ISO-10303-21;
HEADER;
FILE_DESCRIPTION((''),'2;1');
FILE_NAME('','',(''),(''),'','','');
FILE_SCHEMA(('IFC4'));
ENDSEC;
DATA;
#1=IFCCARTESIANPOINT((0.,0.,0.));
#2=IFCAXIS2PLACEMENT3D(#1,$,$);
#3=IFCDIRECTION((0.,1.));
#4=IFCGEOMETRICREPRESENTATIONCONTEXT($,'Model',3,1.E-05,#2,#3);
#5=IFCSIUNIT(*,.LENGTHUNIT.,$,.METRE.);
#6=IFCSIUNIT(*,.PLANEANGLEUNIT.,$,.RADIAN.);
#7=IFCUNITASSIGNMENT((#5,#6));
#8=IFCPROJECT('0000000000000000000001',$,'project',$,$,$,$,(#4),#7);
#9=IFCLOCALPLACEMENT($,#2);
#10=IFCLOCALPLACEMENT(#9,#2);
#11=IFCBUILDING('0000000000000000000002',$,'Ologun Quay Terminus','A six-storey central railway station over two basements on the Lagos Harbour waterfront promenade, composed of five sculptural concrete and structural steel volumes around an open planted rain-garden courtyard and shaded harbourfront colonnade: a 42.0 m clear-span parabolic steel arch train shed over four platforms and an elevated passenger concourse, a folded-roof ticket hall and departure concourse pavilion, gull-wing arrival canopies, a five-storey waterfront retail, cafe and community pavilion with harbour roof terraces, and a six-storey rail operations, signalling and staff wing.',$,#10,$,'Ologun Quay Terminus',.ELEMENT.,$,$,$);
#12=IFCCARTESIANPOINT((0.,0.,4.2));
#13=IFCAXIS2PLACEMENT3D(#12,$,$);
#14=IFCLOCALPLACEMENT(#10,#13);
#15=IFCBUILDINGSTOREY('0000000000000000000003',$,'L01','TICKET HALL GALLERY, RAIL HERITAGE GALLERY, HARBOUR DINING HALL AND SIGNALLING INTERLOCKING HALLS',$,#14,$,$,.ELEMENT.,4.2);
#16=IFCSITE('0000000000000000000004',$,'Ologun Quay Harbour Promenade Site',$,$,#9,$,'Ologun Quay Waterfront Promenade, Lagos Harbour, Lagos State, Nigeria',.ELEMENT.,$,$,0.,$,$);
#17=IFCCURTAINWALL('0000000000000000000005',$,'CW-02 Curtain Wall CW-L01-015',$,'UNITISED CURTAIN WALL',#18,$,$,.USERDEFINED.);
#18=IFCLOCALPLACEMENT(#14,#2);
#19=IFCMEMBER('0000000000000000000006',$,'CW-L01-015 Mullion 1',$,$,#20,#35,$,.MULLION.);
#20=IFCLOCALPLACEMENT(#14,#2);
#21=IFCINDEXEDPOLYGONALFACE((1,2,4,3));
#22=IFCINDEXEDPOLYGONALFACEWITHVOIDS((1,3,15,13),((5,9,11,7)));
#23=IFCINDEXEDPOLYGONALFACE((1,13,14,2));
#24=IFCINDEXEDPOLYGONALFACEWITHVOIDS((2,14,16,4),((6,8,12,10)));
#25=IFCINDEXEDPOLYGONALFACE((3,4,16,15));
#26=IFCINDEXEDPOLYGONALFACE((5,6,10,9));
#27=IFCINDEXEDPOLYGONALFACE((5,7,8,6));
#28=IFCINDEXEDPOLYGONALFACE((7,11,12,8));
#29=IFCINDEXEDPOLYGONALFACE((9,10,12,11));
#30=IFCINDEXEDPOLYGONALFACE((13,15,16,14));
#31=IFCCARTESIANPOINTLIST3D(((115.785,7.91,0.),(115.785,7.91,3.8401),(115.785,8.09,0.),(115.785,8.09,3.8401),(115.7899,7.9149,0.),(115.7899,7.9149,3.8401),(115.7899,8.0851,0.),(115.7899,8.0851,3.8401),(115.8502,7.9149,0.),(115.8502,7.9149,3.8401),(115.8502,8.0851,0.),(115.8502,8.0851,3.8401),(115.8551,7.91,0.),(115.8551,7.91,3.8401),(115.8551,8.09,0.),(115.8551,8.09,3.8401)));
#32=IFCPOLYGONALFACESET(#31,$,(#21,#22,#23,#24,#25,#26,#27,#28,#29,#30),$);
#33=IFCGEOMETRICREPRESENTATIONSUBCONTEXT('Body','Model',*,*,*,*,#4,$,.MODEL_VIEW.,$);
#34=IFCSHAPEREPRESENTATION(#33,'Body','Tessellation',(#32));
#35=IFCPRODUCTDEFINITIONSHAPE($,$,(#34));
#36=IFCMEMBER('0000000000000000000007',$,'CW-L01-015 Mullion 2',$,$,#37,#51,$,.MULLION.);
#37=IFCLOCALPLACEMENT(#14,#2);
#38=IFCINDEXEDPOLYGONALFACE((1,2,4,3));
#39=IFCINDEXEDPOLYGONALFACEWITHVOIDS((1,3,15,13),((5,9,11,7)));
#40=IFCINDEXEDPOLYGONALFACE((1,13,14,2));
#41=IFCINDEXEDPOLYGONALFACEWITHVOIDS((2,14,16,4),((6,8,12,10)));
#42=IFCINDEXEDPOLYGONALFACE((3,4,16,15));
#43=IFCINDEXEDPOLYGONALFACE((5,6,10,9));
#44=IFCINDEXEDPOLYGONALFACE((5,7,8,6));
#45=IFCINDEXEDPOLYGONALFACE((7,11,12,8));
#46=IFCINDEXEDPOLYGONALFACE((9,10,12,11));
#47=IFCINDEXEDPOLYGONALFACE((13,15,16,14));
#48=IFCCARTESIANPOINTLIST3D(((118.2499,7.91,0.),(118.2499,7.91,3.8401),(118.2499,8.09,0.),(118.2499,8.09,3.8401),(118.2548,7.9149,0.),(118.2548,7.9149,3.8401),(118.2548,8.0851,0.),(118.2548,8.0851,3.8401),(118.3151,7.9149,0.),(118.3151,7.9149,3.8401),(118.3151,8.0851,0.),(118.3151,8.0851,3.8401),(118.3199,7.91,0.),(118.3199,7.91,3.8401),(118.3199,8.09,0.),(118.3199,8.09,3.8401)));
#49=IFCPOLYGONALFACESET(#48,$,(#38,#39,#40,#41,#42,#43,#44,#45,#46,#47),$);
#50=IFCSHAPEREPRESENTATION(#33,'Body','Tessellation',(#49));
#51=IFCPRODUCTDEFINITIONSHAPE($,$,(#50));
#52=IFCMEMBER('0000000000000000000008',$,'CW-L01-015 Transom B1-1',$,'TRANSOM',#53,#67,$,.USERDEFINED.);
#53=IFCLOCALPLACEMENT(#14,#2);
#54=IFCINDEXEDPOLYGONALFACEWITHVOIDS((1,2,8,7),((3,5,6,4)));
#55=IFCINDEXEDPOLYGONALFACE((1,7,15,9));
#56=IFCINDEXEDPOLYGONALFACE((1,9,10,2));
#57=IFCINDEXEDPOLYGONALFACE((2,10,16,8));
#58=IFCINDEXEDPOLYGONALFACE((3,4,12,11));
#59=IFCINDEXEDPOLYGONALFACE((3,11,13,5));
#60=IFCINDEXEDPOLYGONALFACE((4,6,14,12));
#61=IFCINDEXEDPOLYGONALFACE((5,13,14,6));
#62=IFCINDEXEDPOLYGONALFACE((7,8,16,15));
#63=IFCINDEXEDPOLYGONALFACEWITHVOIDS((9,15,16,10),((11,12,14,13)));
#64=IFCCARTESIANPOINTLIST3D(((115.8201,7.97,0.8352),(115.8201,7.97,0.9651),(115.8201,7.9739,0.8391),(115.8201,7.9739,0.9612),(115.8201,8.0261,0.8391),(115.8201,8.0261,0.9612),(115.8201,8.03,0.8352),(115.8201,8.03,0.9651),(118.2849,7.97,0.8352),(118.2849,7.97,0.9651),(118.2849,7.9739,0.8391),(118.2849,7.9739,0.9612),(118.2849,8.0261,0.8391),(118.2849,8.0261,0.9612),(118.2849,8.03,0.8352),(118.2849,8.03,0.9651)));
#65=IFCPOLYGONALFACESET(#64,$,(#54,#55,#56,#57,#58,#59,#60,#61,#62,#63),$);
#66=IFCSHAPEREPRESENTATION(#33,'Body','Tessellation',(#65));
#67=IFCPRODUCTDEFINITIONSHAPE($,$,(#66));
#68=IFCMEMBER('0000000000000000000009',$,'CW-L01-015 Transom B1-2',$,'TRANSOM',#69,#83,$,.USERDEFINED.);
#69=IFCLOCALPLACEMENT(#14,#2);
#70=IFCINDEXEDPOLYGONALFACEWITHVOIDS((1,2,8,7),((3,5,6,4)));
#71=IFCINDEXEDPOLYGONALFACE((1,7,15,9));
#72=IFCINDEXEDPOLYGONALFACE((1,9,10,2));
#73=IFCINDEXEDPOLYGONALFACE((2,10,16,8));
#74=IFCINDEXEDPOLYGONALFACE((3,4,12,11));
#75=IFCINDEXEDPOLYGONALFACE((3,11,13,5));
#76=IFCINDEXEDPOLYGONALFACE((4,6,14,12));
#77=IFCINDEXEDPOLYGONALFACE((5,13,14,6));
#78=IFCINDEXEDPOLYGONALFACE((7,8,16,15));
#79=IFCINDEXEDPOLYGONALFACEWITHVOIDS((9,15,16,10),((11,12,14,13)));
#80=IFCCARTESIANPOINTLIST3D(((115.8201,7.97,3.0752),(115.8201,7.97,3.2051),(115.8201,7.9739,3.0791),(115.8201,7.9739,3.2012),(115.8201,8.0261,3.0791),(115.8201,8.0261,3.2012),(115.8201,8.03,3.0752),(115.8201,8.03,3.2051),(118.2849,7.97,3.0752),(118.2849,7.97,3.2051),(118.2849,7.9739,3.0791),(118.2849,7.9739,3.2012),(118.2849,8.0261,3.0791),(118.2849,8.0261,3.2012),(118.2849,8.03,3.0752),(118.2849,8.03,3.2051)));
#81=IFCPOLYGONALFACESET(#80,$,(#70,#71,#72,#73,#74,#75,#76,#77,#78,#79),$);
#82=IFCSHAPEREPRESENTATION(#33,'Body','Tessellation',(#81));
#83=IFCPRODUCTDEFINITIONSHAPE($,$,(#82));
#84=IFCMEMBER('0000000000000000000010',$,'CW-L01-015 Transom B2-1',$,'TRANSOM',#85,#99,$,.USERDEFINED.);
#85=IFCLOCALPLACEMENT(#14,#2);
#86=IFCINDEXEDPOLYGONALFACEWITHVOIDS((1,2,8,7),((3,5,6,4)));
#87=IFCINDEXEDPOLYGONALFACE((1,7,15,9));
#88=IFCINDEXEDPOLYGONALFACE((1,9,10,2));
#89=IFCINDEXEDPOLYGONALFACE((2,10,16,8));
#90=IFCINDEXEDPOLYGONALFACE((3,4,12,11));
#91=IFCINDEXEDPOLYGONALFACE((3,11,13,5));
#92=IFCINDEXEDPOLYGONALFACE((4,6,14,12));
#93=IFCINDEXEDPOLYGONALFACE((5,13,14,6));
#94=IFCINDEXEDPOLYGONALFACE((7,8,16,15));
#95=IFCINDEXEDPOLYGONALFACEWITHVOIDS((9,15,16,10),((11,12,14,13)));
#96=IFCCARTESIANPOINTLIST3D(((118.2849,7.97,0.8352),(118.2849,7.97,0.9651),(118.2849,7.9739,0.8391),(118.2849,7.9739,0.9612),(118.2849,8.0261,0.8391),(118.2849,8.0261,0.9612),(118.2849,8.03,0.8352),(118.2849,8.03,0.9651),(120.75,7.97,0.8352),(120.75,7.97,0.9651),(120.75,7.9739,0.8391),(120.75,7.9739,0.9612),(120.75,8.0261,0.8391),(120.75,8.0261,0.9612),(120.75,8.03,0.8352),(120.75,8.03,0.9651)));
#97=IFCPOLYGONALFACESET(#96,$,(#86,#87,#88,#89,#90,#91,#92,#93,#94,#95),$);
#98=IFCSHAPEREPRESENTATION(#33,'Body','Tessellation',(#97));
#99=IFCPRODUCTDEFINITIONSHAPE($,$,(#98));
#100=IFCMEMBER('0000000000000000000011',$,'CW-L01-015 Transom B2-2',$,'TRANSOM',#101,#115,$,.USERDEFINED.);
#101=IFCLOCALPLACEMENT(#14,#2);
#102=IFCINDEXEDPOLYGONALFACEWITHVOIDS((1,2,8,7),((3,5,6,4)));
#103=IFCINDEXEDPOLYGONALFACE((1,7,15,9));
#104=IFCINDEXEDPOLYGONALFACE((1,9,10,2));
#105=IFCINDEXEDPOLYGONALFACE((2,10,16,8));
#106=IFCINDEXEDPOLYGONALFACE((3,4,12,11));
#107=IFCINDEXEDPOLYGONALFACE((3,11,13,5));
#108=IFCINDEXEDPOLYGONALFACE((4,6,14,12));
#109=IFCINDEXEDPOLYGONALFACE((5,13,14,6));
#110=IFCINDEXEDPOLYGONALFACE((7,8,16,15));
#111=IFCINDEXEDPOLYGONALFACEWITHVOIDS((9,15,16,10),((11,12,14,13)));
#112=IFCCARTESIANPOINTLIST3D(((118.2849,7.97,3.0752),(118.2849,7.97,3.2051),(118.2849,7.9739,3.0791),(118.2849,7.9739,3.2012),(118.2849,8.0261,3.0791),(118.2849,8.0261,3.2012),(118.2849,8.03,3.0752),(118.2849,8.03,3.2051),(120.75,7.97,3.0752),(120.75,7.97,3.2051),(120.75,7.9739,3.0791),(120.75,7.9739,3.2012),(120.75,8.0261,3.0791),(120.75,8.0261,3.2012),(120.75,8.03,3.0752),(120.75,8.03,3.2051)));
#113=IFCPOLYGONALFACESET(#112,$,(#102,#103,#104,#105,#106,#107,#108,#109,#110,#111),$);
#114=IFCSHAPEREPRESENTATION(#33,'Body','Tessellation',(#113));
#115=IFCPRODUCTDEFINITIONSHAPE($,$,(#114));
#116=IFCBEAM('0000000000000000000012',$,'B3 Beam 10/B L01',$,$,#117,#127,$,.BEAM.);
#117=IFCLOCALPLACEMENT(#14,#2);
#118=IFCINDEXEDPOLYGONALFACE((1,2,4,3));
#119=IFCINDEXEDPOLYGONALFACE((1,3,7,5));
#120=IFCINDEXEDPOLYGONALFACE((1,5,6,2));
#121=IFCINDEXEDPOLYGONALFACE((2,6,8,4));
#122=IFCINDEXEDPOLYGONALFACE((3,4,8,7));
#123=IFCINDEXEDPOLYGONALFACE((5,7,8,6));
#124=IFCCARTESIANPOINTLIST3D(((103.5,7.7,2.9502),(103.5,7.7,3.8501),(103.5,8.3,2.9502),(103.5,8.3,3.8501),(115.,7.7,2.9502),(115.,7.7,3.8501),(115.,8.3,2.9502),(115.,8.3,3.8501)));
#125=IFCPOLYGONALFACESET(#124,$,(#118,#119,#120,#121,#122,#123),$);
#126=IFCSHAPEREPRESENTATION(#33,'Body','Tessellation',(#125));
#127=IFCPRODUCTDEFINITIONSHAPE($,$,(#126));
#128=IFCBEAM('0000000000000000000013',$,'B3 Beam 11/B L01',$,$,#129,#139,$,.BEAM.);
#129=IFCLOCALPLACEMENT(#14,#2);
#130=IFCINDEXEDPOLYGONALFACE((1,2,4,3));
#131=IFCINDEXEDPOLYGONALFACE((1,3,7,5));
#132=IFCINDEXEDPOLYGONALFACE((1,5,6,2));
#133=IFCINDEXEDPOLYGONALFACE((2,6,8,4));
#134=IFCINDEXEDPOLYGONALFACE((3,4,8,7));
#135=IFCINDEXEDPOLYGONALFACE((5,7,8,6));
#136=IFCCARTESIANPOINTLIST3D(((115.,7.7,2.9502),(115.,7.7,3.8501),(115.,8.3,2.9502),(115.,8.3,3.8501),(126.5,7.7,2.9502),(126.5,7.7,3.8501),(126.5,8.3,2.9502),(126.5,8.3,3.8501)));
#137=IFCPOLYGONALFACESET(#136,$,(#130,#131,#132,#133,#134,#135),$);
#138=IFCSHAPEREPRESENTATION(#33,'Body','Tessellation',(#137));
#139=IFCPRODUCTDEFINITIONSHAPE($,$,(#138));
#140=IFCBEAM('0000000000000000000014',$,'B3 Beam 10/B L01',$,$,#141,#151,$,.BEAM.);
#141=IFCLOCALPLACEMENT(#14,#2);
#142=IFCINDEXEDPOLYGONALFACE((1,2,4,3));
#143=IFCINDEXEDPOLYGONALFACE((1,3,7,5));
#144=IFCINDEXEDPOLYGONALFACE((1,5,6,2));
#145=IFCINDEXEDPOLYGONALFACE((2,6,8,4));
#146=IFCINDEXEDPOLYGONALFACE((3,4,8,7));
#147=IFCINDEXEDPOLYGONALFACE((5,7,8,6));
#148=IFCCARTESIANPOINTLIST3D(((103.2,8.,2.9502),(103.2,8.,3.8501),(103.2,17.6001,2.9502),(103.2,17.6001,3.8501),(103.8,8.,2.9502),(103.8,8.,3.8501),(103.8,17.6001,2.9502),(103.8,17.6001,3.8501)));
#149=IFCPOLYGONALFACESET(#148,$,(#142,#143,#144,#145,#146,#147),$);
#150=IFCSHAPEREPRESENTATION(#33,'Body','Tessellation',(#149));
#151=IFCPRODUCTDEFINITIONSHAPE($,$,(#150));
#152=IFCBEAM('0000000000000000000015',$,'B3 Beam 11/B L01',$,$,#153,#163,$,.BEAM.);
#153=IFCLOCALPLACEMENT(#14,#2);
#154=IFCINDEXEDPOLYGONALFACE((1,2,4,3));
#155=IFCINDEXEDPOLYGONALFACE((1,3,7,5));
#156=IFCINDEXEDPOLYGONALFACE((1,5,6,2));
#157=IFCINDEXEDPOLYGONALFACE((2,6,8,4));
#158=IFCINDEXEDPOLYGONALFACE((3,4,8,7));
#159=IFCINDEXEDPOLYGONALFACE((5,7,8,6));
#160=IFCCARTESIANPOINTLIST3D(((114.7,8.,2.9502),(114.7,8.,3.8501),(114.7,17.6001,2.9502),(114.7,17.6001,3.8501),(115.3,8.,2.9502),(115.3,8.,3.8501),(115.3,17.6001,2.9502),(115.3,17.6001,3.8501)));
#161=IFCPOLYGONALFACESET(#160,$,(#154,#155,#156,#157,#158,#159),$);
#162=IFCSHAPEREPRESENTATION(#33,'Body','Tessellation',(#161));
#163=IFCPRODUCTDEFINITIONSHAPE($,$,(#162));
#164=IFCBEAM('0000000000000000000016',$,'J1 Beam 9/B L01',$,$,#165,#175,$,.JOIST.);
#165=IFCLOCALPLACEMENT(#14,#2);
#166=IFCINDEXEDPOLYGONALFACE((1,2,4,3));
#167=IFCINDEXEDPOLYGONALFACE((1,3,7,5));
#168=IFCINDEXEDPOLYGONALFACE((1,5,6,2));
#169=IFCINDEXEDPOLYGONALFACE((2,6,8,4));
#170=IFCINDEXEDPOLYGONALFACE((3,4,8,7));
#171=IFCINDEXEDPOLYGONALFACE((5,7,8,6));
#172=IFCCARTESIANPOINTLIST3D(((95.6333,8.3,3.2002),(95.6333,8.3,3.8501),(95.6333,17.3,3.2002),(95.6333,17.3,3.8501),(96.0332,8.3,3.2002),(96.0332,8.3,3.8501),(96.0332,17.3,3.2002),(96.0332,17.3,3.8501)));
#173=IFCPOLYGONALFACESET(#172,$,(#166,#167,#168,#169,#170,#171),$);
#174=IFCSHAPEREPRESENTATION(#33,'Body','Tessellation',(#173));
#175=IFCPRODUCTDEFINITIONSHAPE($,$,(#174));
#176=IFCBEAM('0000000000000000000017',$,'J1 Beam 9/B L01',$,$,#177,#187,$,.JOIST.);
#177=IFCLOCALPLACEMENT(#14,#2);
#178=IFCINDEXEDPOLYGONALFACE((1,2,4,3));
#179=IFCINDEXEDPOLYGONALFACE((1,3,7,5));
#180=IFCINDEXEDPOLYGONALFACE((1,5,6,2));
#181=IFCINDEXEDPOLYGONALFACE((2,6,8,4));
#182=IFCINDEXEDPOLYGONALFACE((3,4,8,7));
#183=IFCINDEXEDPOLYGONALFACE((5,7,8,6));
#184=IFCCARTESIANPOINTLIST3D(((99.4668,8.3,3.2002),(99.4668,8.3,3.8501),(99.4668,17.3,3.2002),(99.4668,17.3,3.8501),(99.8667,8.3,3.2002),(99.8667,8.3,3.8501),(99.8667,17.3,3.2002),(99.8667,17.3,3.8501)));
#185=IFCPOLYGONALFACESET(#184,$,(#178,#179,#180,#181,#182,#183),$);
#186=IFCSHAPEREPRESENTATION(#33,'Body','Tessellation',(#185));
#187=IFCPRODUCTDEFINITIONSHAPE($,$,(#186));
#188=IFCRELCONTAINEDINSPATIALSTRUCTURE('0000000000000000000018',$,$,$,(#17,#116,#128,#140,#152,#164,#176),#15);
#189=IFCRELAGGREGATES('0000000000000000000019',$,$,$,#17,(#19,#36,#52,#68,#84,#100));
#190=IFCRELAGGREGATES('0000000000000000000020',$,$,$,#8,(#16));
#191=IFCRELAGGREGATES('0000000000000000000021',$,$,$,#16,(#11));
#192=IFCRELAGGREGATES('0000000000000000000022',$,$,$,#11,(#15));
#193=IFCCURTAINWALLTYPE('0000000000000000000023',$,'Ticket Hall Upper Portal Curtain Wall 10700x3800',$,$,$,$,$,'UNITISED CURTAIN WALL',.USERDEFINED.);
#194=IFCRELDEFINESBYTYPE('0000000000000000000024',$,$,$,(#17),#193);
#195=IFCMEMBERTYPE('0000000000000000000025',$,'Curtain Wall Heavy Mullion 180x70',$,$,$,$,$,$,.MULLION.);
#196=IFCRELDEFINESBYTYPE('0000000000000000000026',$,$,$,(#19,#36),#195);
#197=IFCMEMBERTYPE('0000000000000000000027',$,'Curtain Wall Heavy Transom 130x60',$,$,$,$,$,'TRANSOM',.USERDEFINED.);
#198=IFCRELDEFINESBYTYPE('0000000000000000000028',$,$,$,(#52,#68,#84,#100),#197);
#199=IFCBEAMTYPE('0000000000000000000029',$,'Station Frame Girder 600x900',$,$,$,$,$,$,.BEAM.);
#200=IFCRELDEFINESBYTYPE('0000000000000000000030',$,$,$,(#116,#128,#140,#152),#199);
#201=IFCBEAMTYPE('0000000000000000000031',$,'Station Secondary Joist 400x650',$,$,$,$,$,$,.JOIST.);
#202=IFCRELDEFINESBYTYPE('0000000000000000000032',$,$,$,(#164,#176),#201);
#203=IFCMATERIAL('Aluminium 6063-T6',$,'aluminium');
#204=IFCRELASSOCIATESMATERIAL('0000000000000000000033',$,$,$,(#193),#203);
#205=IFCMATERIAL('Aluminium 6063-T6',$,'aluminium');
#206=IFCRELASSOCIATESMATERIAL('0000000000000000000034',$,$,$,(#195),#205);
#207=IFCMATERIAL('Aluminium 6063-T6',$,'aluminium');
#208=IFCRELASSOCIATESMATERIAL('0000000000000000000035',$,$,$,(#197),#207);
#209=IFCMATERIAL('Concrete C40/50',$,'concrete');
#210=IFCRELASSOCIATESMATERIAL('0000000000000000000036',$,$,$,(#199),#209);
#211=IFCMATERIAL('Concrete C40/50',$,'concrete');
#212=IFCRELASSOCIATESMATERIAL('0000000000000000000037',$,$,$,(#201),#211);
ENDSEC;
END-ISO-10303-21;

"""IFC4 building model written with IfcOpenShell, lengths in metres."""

from ifc_helpers import new_model, si_unit, direction, frame, origin, origin_2d, place, context, subcontext, project, spatial, rectangle, hollow_rectangle, extrude, material, material_profile, profile_set, type_object, element, aggregate, save


model = new_model("IFC4")

# Units and contexts
model_context = context("Model", 3, precision=1e-05, world=origin(), true_north=direction((0.0, 1.0)))
body_context = subcontext(model_context, "Body", "Model", "MODEL_VIEW")
ifc_project = project(units=[si_unit("LENGTHUNIT", "METRE"), si_unit("PLANEANGLEUNIT", "RADIAN")], contexts=[model_context])

# Site, building, storey
site_placement = place(None, origin())
site = spatial("IfcSite", under=ifc_project, at=site_placement, Name="Ologun Quay Harbour Promenade Site", LongName="Ologun Quay Waterfront Promenade, Lagos Harbour, Lagos State, Nigeria", CompositionType="ELEMENT", RefElevation=0.0)
building_placement = place(site_placement, origin())
building = spatial("IfcBuilding", under=site, at=building_placement, Name="Ologun Quay Terminus", Description="A six-storey central railway station over two basements on the Lagos Harbour waterfront promenade, composed of five sculptural concrete and structural steel volumes around an open planted rain-garden courtyard and shaded harbourfront colonnade: a 42.0 m clear-span parabolic steel arch train shed over four platforms and an elevated passenger concourse, a folded-roof ticket hall and departure concourse pavilion, gull-wing arrival canopies, a five-storey waterfront retail, cafe and community pavilion with harbour roof terraces, and a six-storey rail operations, signalling and staff wing.", LongName="Ologun Quay Terminus", CompositionType="ELEMENT")
storey_placement = place(building_placement, frame((0.0, 0.0, 4.2)))
storey = spatial("IfcBuildingStorey", under=building, at=storey_placement, Name="L01", Description="TICKET HALL GALLERY, RAIL HERITAGE GALLERY, HARBOUR DINING HALL AND SIGNALLING INTERLOCKING HALLS", CompositionType="ELEMENT", Elevation=4.2)

# Curtain wall, members
ifc_material_1 = material(Name="Aluminium 6063-T6", Category="aluminium")
curtain_wall_type = type_object("IfcCurtainWallType", Name="Ticket Hall Upper Portal Curtain Wall 10700x3800", ElementType="UNITISED CURTAIN WALL", PredefinedType="USERDEFINED", material=ifc_material_1)
curtain_wall_placement = place(storey_placement, origin())
curtain_wall = element("IfcCurtainWall", 1, at=curtain_wall_placement, inside=storey, type_object=curtain_wall_type, Name="CW-02 Curtain Wall CW-L01-015", ObjectType="UNITISED CURTAIN WALL", PredefinedType="USERDEFINED")
ifc_material_2 = material(Name="Aluminium 6063-T6", Category="aluminium")
ifc_material_profile_1 = material_profile(ifc_material_2, hollow_rectangle(XDim=0.0701, YDim=0.1799, WallThickness=0.0049, at=origin_2d()), Name="ALU 180x70x5")
ifc_profile_set_1 = profile_set([ifc_material_profile_1], Name="Aluminium 6063-T6")
member_type_1 = type_object("IfcMemberType", Name="Curtain Wall Heavy Mullion 180x70", PredefinedType="MULLION", material=ifc_profile_set_1)
member_1_placement = place(storey_placement, frame((115.8201, 8.0, 0.0), z_axis=(0.0, 0.0, 1.0), x_axis=(1.0, 0.0, 0.0)))
member_1 = element("IfcMember", 2, at=member_1_placement, type_object=member_type_1, Name="CW-L01-015 Mullion 1", PredefinedType="MULLION", context=body_context, shape_type="SweptSolid", body=[
    extrude(hollow_rectangle(XDim=0.0701, YDim=0.1799, WallThickness=0.0049, at=origin_2d()), origin(), (0.0, 0.0, 1.0), 3.8401),
])
member_2_placement = place(storey_placement, frame((118.2849, 8.0, 0.0), z_axis=(0.0, 0.0, 1.0), x_axis=(1.0, 0.0, 0.0)))
member_2 = element("IfcMember", 3, at=member_2_placement, type_object=member_type_1, Name="CW-L01-015 Mullion 2", PredefinedType="MULLION", context=body_context, shape_type="SweptSolid", body=[
    extrude(hollow_rectangle(XDim=0.0701, YDim=0.1799, WallThickness=0.0049, at=origin_2d()), origin(), (0.0, 0.0, 1.0), 3.8401),
])
ifc_material_3 = material(Name="Aluminium 6063-T6", Category="aluminium")
ifc_material_profile_2 = material_profile(ifc_material_3, hollow_rectangle(XDim=0.0601, YDim=0.1299, WallThickness=0.0039, at=origin_2d()), Name="ALU 130x60x4")
ifc_profile_set_2 = profile_set([ifc_material_profile_2], Name="Aluminium 6063-T6")
member_type_2 = type_object("IfcMemberType", Name="Curtain Wall Heavy Transom 130x60", ElementType="TRANSOM", PredefinedType="USERDEFINED", material=ifc_profile_set_2)
member_3_placement = place(storey_placement, frame((115.8201, 8.0, 0.9001), z_axis=(1.0, 0.0, 0.0), x_axis=(0.0, 1.0, 0.0)))
member_3 = element("IfcMember", 4, at=member_3_placement, type_object=member_type_2, Name="CW-L01-015 Transom B1-1", ObjectType="TRANSOM", PredefinedType="USERDEFINED", context=body_context, shape_type="SweptSolid", body=[
    extrude(hollow_rectangle(XDim=0.0601, YDim=0.1299, WallThickness=0.0039, at=origin_2d()), origin(), (0.0, 0.0, 1.0), 2.4648),
])
member_4_placement = place(storey_placement, frame((115.8201, 8.0, 3.1401), z_axis=(1.0, 0.0, 0.0), x_axis=(0.0, 1.0, 0.0)))
member_4 = element("IfcMember", 5, at=member_4_placement, type_object=member_type_2, Name="CW-L01-015 Transom B1-2", ObjectType="TRANSOM", PredefinedType="USERDEFINED", context=body_context, shape_type="SweptSolid", body=[
    extrude(hollow_rectangle(XDim=0.0601, YDim=0.1299, WallThickness=0.0039, at=origin_2d()), origin(), (0.0, 0.0, 1.0), 2.4648),
])
member_5_placement = place(storey_placement, frame((118.2849, 8.0, 0.9001), z_axis=(1.0, 0.0, 0.0), x_axis=(0.0, 1.0, 0.0)))
member_5 = element("IfcMember", 6, at=member_5_placement, type_object=member_type_2, Name="CW-L01-015 Transom B2-1", ObjectType="TRANSOM", PredefinedType="USERDEFINED", context=body_context, shape_type="SweptSolid", body=[
    extrude(hollow_rectangle(XDim=0.0601, YDim=0.1299, WallThickness=0.0039, at=origin_2d()), origin(), (0.0, 0.0, 1.0), 2.4651),
])
member_6_placement = place(storey_placement, frame((118.2849, 8.0, 3.1401), z_axis=(1.0, 0.0, 0.0), x_axis=(0.0, 1.0, 0.0)))
member_6 = element("IfcMember", 7, at=member_6_placement, type_object=member_type_2, Name="CW-L01-015 Transom B2-2", ObjectType="TRANSOM", PredefinedType="USERDEFINED", context=body_context, shape_type="SweptSolid", body=[
    extrude(hollow_rectangle(XDim=0.0601, YDim=0.1299, WallThickness=0.0039, at=origin_2d()), origin(), (0.0, 0.0, 1.0), 2.4651),
])

# Beams
ifc_material_4 = material(Name="Concrete C40/50", Category="concrete")
ifc_material_profile_3 = material_profile(ifc_material_4, rectangle(XDim=0.6001, YDim=0.8999, at=origin_2d()), Name="RC 600x900")
ifc_profile_set_3 = profile_set([ifc_material_profile_3], Name="Concrete C40/50")
beam_type_1 = type_object("IfcBeamType", Name="Station Frame Girder 600x900", PredefinedType="BEAM", material=ifc_profile_set_3)
for number, where, z_axis, x_axis, name in (
    (8, (103.5, 8.0, 3.4001), (1.0, 0.0, 0.0), (0.0, 1.0, 0.0), "B3 Beam 10/B L01"),
    (9, (115.0, 8.0, 3.4001), (1.0, 0.0, 0.0), (0.0, 1.0, 0.0), "B3 Beam 11/B L01"),
):
    element("IfcBeam", number, at=place(storey_placement, frame(where, z_axis=z_axis, x_axis=x_axis)), inside=storey, type_object=beam_type_1, Name=name, PredefinedType="BEAM", context=body_context, shape_type="SweptSolid", body=[
        extrude(rectangle(XDim=0.6001, YDim=0.8999, at=origin_2d()), origin(), (0.0, 0.0, 1.0), 11.5),
    ])
for number, where, z_axis, x_axis, name in (
    (10, (103.5, 8.0, 3.4001), (0.0, 1.0, 0.0), (-1.0, 0.0, 0.0), "B3 Beam 10/B L01"),
    (11, (115.0, 8.0, 3.4001), (0.0, 1.0, 0.0), (-1.0, 0.0, 0.0), "B3 Beam 11/B L01"),
):
    element("IfcBeam", number, at=place(storey_placement, frame(where, z_axis=z_axis, x_axis=x_axis)), inside=storey, type_object=beam_type_1, Name=name, PredefinedType="BEAM", context=body_context, shape_type="SweptSolid", body=[
        extrude(rectangle(XDim=0.6001, YDim=0.8999, at=origin_2d()), origin(), (0.0, 0.0, 1.0), 9.6001),
    ])
ifc_material_5 = material(Name="Concrete C40/50", Category="concrete")
ifc_material_profile_4 = material_profile(ifc_material_5, rectangle(XDim=0.3999, YDim=0.6499, at=origin_2d()), Name="RC 400x650")
ifc_profile_set_4 = profile_set([ifc_material_profile_4], Name="Concrete C40/50")
beam_type_2 = type_object("IfcBeamType", Name="Station Secondary Joist 400x650", PredefinedType="JOIST", material=ifc_profile_set_4)
for number, where, z_axis, x_axis, name in (
    (12, (95.8333, 8.3, 3.5251), (0.0, 1.0, 0.0), (-1.0, 0.0, 0.0), "J1 Beam 9/B L01"),
    (13, (99.6667, 8.3, 3.5251), (0.0, 1.0, 0.0), (-1.0, 0.0, 0.0), "J1 Beam 9/B L01"),
):
    element("IfcBeam", number, at=place(storey_placement, frame(where, z_axis=z_axis, x_axis=x_axis)), inside=storey, type_object=beam_type_2, Name=name, PredefinedType="JOIST", context=body_context, shape_type="SweptSolid", body=[
        extrude(rectangle(XDim=0.3999, YDim=0.6499, at=origin_2d()), origin(), (0.0, 0.0, 1.0), 9.0),
    ])

aggregate(curtain_wall, [member_1, member_2, member_3, member_4, member_5, member_6])

save(model, "model.ifc")
